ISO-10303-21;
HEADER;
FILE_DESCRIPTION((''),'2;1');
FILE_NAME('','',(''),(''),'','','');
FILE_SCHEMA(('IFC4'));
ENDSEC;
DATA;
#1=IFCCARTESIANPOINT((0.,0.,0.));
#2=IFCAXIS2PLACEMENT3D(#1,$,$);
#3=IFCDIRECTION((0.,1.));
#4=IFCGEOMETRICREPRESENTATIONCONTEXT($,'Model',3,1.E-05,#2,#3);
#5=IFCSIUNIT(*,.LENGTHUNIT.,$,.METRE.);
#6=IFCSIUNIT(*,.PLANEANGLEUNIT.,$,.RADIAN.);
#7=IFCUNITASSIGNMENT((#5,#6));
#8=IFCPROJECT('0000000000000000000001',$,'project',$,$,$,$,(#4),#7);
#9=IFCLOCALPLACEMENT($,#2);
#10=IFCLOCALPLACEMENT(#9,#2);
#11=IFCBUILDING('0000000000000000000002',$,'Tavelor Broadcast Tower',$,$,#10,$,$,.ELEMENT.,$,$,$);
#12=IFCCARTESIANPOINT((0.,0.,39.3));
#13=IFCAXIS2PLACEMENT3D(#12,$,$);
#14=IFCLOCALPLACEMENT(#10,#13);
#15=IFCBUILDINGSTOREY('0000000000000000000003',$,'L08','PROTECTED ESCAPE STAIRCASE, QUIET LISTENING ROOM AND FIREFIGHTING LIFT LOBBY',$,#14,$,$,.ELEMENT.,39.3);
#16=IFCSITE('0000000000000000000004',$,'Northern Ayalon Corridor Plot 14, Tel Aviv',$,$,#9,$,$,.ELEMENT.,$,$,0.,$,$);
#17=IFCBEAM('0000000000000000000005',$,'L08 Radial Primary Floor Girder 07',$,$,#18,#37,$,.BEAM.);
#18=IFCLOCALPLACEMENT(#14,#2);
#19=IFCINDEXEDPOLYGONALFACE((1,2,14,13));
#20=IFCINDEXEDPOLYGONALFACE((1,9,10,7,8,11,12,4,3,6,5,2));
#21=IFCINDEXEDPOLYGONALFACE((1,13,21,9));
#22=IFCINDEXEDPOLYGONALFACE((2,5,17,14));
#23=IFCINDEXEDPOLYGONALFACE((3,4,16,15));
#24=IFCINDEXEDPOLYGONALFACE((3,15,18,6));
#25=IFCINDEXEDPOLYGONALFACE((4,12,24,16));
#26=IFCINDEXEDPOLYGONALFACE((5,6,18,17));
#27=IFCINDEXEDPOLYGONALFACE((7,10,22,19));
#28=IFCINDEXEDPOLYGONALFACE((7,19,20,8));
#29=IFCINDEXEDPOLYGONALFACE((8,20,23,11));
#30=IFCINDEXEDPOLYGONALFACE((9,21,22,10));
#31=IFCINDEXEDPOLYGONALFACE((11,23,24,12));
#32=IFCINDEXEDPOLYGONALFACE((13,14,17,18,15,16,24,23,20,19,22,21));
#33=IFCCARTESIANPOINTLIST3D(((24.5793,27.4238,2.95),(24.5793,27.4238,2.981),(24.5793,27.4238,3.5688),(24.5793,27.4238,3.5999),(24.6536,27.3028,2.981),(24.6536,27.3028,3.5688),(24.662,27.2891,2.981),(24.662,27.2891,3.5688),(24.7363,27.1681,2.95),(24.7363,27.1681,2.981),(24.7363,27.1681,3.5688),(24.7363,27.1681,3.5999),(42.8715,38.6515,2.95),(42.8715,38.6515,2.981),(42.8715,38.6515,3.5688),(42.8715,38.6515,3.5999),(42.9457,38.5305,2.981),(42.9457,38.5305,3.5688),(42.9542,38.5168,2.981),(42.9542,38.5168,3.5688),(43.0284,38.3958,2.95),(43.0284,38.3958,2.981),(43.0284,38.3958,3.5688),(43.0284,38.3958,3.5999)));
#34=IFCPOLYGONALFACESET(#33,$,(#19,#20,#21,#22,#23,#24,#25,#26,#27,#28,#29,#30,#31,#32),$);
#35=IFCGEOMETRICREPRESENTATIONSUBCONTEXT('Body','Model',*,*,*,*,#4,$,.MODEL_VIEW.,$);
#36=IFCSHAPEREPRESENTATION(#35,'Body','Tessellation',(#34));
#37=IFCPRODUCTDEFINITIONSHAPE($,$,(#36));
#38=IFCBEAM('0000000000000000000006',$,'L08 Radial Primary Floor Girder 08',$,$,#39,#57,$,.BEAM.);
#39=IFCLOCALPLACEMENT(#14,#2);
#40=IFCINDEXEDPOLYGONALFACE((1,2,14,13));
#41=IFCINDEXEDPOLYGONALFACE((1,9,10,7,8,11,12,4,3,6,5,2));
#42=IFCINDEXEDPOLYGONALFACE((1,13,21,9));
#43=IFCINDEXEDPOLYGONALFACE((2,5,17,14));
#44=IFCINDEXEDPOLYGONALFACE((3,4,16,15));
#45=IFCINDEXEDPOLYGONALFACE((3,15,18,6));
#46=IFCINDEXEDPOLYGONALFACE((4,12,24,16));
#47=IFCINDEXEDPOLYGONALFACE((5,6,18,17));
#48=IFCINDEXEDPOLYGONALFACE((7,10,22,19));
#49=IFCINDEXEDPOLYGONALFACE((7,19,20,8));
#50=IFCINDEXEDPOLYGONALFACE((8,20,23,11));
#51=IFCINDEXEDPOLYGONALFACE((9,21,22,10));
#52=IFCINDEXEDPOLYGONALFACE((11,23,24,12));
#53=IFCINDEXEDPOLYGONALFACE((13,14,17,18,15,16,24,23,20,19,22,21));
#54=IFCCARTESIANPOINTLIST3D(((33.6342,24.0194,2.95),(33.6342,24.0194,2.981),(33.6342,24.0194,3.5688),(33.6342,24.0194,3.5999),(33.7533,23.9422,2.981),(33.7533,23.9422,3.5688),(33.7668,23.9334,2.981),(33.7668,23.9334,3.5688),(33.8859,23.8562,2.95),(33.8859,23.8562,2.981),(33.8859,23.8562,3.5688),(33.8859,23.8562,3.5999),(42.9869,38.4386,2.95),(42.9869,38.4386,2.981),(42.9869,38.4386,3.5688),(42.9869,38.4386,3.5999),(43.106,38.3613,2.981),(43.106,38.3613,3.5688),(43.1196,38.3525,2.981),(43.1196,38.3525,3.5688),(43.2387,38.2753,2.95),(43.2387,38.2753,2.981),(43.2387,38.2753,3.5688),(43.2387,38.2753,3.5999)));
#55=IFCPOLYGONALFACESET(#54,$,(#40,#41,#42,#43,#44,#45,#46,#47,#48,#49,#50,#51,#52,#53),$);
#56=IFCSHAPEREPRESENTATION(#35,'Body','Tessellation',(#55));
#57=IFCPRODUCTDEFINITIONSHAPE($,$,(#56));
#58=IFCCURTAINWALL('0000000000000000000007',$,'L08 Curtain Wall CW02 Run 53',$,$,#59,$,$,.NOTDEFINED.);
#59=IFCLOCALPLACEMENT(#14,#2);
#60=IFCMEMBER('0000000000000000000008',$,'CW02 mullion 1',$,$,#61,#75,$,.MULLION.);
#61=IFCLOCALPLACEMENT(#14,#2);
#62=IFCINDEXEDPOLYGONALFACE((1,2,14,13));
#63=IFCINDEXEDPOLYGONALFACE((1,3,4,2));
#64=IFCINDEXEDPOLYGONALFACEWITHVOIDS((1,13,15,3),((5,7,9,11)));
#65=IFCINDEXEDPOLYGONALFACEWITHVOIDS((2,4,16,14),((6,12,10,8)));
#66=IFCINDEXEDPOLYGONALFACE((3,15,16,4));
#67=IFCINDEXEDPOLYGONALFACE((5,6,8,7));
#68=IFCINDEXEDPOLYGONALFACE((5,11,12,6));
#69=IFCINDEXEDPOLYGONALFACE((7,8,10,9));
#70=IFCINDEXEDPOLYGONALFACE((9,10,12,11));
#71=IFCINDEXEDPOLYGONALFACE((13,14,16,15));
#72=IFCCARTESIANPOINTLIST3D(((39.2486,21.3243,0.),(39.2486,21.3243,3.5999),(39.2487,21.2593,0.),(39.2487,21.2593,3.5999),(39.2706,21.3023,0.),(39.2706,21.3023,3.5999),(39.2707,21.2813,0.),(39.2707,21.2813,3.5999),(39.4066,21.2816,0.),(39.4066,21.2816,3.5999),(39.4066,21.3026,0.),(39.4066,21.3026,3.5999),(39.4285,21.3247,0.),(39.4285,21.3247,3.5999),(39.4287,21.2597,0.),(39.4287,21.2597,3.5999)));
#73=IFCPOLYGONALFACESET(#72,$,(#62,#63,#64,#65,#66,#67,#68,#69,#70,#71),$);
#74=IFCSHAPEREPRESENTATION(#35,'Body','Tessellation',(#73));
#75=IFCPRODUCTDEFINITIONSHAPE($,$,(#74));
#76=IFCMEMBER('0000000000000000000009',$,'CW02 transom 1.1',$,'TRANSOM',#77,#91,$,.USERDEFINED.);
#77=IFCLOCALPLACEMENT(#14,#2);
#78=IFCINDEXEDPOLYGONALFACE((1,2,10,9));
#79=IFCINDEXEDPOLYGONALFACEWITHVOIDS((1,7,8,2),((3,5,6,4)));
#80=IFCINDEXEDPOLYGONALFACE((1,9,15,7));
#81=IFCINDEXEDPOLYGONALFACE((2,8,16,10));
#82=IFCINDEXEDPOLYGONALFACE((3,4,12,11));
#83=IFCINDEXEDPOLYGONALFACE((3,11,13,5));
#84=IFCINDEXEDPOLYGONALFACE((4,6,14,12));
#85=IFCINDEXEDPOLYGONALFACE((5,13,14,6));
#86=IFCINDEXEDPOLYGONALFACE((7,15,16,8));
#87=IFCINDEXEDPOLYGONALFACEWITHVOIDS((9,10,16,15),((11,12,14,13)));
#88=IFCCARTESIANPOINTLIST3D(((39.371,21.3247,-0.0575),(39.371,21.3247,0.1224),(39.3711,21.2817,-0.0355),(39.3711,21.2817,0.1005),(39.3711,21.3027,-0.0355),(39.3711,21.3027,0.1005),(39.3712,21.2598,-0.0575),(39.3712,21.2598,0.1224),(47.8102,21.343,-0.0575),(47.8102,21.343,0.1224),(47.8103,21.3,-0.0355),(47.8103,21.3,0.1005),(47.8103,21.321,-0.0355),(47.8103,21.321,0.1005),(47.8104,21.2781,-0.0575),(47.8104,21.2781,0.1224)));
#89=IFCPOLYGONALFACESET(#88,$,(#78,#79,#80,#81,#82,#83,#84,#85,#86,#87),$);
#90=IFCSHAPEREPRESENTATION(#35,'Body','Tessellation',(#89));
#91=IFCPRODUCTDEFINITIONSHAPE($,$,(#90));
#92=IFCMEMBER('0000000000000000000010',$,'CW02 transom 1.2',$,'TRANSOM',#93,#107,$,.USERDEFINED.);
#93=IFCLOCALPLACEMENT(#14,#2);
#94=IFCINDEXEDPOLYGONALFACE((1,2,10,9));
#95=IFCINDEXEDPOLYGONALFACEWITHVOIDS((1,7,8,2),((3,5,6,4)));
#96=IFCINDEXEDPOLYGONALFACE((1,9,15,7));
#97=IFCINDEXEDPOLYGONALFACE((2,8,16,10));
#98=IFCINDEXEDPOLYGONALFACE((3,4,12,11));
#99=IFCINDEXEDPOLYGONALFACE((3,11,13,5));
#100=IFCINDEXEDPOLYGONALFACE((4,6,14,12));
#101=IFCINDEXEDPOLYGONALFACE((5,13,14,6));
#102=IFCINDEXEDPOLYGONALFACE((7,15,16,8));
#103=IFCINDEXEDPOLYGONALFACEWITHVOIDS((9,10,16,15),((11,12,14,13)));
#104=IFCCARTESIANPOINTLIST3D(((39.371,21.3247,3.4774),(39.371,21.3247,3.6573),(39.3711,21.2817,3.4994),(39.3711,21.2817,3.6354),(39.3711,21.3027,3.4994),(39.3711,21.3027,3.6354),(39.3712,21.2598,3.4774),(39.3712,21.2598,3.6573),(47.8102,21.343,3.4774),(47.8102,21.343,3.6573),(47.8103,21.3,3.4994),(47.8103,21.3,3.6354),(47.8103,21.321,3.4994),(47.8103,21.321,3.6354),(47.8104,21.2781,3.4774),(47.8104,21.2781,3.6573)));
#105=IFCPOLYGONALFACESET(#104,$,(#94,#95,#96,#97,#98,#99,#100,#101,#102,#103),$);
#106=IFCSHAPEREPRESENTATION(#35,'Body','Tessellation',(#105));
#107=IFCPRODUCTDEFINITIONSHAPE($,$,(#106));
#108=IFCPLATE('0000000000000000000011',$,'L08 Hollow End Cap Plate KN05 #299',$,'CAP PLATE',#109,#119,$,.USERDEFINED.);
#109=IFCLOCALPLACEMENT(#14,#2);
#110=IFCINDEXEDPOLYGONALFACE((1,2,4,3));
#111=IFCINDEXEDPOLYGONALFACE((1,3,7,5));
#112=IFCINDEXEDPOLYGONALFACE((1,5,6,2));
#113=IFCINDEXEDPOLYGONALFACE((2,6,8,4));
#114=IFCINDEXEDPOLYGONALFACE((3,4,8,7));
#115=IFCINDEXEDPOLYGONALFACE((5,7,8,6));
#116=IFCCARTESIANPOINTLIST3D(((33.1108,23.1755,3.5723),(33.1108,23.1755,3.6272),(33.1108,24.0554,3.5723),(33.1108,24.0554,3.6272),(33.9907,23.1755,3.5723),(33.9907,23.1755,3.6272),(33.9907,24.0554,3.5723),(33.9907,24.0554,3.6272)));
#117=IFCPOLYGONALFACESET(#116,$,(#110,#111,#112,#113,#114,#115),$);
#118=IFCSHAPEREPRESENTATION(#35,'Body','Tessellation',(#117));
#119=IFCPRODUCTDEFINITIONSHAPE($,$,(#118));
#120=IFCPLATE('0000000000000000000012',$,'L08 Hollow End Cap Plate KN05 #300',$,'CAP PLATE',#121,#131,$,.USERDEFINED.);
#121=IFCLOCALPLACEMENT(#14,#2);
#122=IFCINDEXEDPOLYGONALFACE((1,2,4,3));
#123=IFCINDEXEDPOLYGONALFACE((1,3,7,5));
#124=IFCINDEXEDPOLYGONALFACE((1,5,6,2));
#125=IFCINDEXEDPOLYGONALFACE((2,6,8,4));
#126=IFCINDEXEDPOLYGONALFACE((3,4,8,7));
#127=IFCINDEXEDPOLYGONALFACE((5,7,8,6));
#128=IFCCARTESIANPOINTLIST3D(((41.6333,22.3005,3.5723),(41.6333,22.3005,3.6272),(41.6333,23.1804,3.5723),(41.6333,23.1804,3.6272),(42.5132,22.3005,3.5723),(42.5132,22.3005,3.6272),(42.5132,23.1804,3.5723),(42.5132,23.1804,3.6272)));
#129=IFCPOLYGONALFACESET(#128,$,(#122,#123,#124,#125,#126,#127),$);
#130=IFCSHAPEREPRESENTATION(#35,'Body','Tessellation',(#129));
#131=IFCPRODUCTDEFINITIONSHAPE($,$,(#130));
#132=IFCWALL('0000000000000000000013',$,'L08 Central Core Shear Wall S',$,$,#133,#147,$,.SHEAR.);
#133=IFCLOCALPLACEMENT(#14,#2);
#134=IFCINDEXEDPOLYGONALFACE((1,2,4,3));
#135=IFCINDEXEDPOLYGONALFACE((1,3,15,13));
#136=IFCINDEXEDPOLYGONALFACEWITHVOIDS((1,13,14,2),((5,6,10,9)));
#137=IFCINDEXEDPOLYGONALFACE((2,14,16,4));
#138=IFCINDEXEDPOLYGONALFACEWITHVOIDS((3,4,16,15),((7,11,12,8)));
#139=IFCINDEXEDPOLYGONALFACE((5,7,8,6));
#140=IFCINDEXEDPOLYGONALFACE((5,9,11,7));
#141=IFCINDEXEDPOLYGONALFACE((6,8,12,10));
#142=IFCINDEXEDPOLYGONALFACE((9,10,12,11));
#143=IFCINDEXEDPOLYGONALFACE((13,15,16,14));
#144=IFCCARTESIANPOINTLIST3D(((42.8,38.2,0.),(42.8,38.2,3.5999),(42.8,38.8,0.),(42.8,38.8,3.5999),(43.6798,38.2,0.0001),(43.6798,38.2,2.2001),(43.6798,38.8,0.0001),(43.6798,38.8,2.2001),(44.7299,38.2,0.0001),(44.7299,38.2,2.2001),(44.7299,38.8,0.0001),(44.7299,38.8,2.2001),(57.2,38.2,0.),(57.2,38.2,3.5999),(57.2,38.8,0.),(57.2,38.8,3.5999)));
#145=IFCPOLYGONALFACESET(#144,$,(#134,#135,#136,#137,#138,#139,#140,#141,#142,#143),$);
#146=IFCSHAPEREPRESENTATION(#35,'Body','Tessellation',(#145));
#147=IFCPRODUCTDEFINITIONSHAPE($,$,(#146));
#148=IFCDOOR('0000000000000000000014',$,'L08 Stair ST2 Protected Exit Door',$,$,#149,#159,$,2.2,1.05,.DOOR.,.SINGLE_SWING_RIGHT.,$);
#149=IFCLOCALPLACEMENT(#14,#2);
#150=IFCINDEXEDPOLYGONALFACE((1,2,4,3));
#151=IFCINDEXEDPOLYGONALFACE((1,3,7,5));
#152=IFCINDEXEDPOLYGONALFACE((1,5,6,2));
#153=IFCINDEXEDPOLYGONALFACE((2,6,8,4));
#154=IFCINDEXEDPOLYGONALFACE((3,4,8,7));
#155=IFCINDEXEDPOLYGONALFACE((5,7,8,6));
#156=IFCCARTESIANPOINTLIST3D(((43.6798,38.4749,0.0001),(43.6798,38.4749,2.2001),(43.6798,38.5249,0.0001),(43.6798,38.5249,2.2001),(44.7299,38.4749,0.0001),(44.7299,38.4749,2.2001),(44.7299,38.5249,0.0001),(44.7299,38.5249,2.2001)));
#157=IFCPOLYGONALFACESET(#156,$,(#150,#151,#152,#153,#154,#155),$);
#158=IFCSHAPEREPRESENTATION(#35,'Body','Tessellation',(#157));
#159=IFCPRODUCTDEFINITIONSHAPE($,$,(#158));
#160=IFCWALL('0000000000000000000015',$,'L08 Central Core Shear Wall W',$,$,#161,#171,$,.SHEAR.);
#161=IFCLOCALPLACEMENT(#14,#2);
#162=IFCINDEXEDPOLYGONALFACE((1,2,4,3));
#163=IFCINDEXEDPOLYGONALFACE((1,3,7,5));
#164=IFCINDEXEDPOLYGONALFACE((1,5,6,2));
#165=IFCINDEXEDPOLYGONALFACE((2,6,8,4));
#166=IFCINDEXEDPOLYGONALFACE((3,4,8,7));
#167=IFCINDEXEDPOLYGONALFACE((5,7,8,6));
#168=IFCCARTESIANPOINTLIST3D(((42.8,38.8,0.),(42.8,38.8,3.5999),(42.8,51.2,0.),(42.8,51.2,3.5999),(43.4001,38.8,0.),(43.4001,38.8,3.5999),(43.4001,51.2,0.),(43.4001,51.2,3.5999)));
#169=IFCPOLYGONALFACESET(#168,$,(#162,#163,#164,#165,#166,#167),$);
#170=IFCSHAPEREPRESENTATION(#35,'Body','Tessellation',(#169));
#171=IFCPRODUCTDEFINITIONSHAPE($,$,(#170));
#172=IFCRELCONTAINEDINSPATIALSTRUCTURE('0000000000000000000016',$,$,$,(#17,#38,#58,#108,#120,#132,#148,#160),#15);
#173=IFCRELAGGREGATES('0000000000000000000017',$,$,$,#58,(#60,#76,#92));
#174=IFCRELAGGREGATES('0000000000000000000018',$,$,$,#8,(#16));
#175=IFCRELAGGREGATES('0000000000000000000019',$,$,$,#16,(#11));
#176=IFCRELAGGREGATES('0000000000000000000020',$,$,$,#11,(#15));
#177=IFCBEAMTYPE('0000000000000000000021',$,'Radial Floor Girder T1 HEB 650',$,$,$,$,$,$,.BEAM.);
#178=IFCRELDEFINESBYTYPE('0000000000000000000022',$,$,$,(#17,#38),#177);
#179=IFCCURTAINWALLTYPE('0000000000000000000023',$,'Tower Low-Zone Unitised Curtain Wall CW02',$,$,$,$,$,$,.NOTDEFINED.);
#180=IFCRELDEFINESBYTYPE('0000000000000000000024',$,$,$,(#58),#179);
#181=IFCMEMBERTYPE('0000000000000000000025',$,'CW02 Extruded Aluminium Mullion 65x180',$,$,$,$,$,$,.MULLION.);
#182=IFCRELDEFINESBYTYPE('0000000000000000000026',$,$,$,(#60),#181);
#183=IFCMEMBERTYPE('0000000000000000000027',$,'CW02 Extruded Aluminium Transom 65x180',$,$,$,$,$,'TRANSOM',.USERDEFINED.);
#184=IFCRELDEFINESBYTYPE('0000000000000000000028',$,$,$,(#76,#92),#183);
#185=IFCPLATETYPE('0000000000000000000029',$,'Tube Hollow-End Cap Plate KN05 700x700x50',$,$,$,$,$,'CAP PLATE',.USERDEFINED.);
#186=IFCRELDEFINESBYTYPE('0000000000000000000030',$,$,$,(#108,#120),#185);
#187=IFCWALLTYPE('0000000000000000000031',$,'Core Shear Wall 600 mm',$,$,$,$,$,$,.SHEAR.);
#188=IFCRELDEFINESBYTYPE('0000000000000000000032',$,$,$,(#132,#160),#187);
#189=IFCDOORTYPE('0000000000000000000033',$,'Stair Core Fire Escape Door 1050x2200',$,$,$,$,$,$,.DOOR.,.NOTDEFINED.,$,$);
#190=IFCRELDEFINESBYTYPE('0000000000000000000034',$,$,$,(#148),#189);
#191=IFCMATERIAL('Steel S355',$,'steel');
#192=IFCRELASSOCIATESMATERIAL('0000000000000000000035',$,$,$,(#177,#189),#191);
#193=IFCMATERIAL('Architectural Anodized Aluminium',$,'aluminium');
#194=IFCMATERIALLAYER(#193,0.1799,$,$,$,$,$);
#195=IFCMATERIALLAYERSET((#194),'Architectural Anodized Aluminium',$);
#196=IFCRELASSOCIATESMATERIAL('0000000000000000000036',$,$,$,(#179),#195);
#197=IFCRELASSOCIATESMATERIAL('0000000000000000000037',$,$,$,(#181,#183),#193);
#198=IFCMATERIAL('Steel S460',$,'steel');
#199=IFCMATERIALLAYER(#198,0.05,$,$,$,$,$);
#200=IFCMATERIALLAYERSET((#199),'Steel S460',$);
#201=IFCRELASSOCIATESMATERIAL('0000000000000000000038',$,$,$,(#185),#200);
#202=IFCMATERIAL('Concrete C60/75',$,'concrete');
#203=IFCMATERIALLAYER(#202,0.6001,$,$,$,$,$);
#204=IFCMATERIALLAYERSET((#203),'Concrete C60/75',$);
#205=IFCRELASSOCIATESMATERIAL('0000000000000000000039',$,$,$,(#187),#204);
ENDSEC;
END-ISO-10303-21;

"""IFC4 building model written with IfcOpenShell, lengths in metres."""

from ifc_helpers import new_model, si_unit, direction, frame, frame_2d, origin, origin_2d, place, context, subcontext, project, spatial, rectangle, hollow_rectangle, i_section, extrude, source, transform, mapped, material, layer, layer_set, material_profile, profile_set, type_object, type_shapes, element, fill, aggregate, save


model = new_model("IFC4")

# Units and contexts
model_context = context("Model", 3, precision=1e-05, world=origin(), true_north=direction((0.0, 1.0)))
body_context = subcontext(model_context, "Body", "Model", "MODEL_VIEW")
ifc_project = project(units=[si_unit("LENGTHUNIT", "METRE"), si_unit("PLANEANGLEUNIT", "RADIAN")], contexts=[model_context])

# Site, building, storey
site_placement = place(None, origin())
site = spatial("IfcSite", under=ifc_project, at=site_placement, Name="Northern Ayalon Corridor Plot 14, Tel Aviv", CompositionType="ELEMENT", RefElevation=0.0)
building_placement = place(site_placement, origin())
building = spatial("IfcBuilding", under=site, at=building_placement, Name="Tavelor Broadcast Tower", CompositionType="ELEMENT")
storey_placement = place(building_placement, frame((0.0, 0.0, 39.3)))
storey = spatial("IfcBuildingStorey", under=building, at=storey_placement, Name="L08", Description="PROTECTED ESCAPE STAIRCASE, QUIET LISTENING ROOM AND FIREFIGHTING LIFT LOBBY", CompositionType="ELEMENT", Elevation=39.3)

# Shared definitions
ifc_material_1 = material(Name="Steel S460", Category="steel")

# Beams
ifc_material_2 = material(Name="Steel S355", Category="steel")
ifc_material_profile_1 = material_profile(ifc_material_2, i_section(OverallWidth=0.3, OverallDepth=0.6499, WebThickness=0.0161, FlangeThickness=0.031, at=origin_2d()), Name="HEB 650")
ifc_profile_set_1 = profile_set([ifc_material_profile_1], Name="Steel S355")
beam_type_1 = type_object("IfcBeamType", Name="Radial Floor Girder T1 HEB 650", PredefinedType="BEAM", material=ifc_profile_set_1)
beam_1_placement = place(storey_placement, frame((42.95, 38.5237, 3.2749), z_axis=(-0.85226, -0.523118, 0.0), x_axis=(0.523118, -0.85226, 0.0)))
element("IfcBeam", 1, at=beam_1_placement, inside=storey, type_object=beam_type_1, Name="L08 Radial Primary Floor Girder 07", PredefinedType="BEAM", context=body_context, shape_type="SweptSolid", body=[
    extrude(i_section(OverallWidth=0.3, OverallDepth=0.6499, WebThickness=0.0161, FlangeThickness=0.031, at=origin_2d()), origin(), (0.0, 0.0, 1.0), 21.4631),
])
beam_2_placement = place(storey_placement, frame((43.1128, 38.3569, 3.2749), z_axis=(-0.544183, -0.838967, 0.0), x_axis=(0.838967, -0.544183, 0.0)))
element("IfcBeam", 2, at=beam_2_placement, inside=storey, type_object=beam_type_1, Name="L08 Radial Primary Floor Girder 08", PredefinedType="BEAM", context=body_context, shape_type="SweptSolid", body=[
    extrude(i_section(OverallWidth=0.3, OverallDepth=0.6499, WebThickness=0.0161, FlangeThickness=0.031, at=origin_2d()), origin(), (0.0, 0.0, 1.0), 17.1868),
])

# Curtain wall, members
ifc_material_3 = material(Name="Architectural Anodized Aluminium", Category="aluminium")
ifc_layer_1 = layer(ifc_material_3, 0.1799)
ifc_layer_set_1 = layer_set([ifc_layer_1], Name="Architectural Anodized Aluminium")
curtain_wall_type = type_object("IfcCurtainWallType", Name="Tower Low-Zone Unitised Curtain Wall CW02", PredefinedType="NOTDEFINED", material=ifc_layer_set_1)
curtain_wall_placement = place(storey_placement, origin())
curtain_wall = element("IfcCurtainWall", 3, at=curtain_wall_placement, inside=storey, type_object=curtain_wall_type, Name="L08 Curtain Wall CW02 Run 53", PredefinedType="NOTDEFINED")
ifc_material_profile_2 = material_profile(ifc_material_3, hollow_rectangle(XDim=0.0649, YDim=0.1799, WallThickness=0.022, at=origin_2d()), Name="RHS 65x180x22")
ifc_profile_set_2 = profile_set([ifc_material_profile_2], Name="Architectural Anodized Aluminium")
member_type_1 = type_object("IfcMemberType", Name="CW02 Extruded Aluminium Mullion 65x180", PredefinedType="MULLION", material=ifc_profile_set_2)
shared_shape_1 = source(origin(), body_context, "Body", "SweptSolid", [
    extrude(hollow_rectangle(XDim=0.0649, YDim=0.1799, WallThickness=0.022, at=origin_2d()), origin(), (0.0, 0.0, 1.0), 3.5999),
])
type_shapes(member_type_1, [shared_shape_1])
member_1_placement = place(storey_placement, frame((39.3386, 21.292, 0.0), z_axis=(0.0, 0.0, 1.0), x_axis=(-0.002171, 0.999998, 0.0)))
member_1 = element("IfcMember", 4, at=member_1_placement, type_object=member_type_1, Name="CW02 mullion 1", PredefinedType="MULLION", context=body_context, shape_type="MappedRepresentation", body=[
    mapped(shared_shape_1, transform((0.0, 0.0, 0.0), scale=1.0)),
])
ifc_material_profile_3 = material_profile(ifc_material_3, hollow_rectangle(XDim=0.0649, YDim=0.1799, WallThickness=0.022, at=origin_2d()), Name="RHS 65x180x22")
ifc_profile_set_3 = profile_set([ifc_material_profile_3], Name="Architectural Anodized Aluminium")
member_type_2 = type_object("IfcMemberType", Name="CW02 Extruded Aluminium Transom 65x180", ElementType="TRANSOM", PredefinedType="USERDEFINED", material=ifc_profile_set_3)
shared_shape_2 = source(origin(), body_context, "Body", "SweptSolid", [
    extrude(hollow_rectangle(XDim=0.0649, YDim=0.1799, WallThickness=0.022, at=origin_2d()), origin(), (0.0, 0.0, 1.0), 8.4392),
])
type_shapes(member_type_2, [shared_shape_2])
member_2_placement = place(storey_placement, frame((39.3711, 21.2922, 0.0325), z_axis=(0.999998, 0.00217, 0.0), x_axis=(-0.00217, 0.999998, 0.0)))
member_2 = element("IfcMember", 5, at=member_2_placement, type_object=member_type_2, Name="CW02 transom 1.1", ObjectType="TRANSOM", PredefinedType="USERDEFINED", context=body_context, shape_type="MappedRepresentation", body=[
    mapped(shared_shape_2, transform((0.0, 0.0, 0.0), scale=1.0)),
])
member_3_placement = place(storey_placement, frame((39.3711, 21.2922, 3.5674), z_axis=(0.999998, 0.00217, 0.0), x_axis=(-0.00217, 0.999998, 0.0)))
member_3 = element("IfcMember", 6, at=member_3_placement, type_object=member_type_2, Name="CW02 transom 1.2", ObjectType="TRANSOM", PredefinedType="USERDEFINED", context=body_context, shape_type="MappedRepresentation", body=[
    mapped(shared_shape_2, transform((0.0, 0.0, 0.0), scale=1.0)),
])
aggregate(curtain_wall, [member_1, member_2, member_3])

# Plates
ifc_layer_2 = layer(ifc_material_1, 0.05)
ifc_layer_set_2 = layer_set([ifc_layer_2], Name="Steel S460")
plate_type = type_object("IfcPlateType", Name="Tube Hollow-End Cap Plate KN05 700x700x50", ElementType="CAP PLATE", PredefinedType="USERDEFINED", material=ifc_layer_set_2)
shared_shape_3 = source(origin(), body_context, "Body", "SweptSolid", [
    extrude(rectangle(XDim=0.8799, YDim=0.8799, at=origin_2d()), origin(), (0.0, 0.0, 1.0), 0.0549),
])
type_shapes(plate_type, [shared_shape_3])
for number, where, z_axis, x_axis, name in (
    (7, (33.5508, 23.6155, 3.5723), (0.0, 0.0, 1.0), (1.0, 0.0, 0.0), "L08 Hollow End Cap Plate KN05 #299"),
    (8, (42.0732, 22.7405, 3.5723), (0.0, 0.0, 1.0), (1.0, 0.0, 0.0), "L08 Hollow End Cap Plate KN05 #300"),
):
    element("IfcPlate", number, at=place(storey_placement, frame(where, z_axis=z_axis, x_axis=x_axis)), inside=storey, type_object=plate_type, Name=name, ObjectType="CAP PLATE", PredefinedType="USERDEFINED", context=body_context, shape_type="MappedRepresentation", body=[
        mapped(shared_shape_3, transform((0.0, 0.0, 0.0), scale=1.0)),
    ])

# Wall, opening, door
ifc_material_4 = material(Name="Concrete C60/75", Category="concrete")
ifc_layer_3 = layer(ifc_material_4, 0.6001)
ifc_layer_set_3 = layer_set([ifc_layer_3], Name="Concrete C60/75")
wall_type_1 = type_object("IfcWallType", Name="Core Shear Wall 600 mm", PredefinedType="SHEAR", material=ifc_layer_set_3)
wall_1_placement = place(storey_placement, frame((42.8, 38.5, 0.0), z_axis=(0.0, 0.0, 1.0), x_axis=(1.0, 0.0, 0.0)))
wall_1 = element("IfcWall", 9, at=wall_1_placement, inside=storey, type_object=wall_type_1, Name="L08 Central Core Shear Wall S", PredefinedType="SHEAR", context=body_context, shape_type="SweptSolid", body=[
    extrude(rectangle(XDim=14.3999, YDim=0.6001, at=frame_2d((7.2, 0.0))), origin(), (0.0, 0.0, 1.0), 3.5999),
])
opening_1_placement = place(wall_1_placement, frame((0.8799, 0.0, 0.0)))
opening_1 = element("IfcOpeningElement", 10, at=opening_1_placement, cuts=wall_1, PredefinedType="OPENING", context=body_context, shape_type="SweptSolid", body=[
    extrude(rectangle(XDim=1.05, YDim=2.2, at=frame_2d((0.5249, 1.1001))), frame((0.0, 0.3101, 0.0), z_axis=(0.0, -1.0, 0.0), x_axis=(1.0, 0.0, 0.0)), (0.0, 0.0, 1.0), 0.6201),
])
door_type_1 = type_object("IfcDoorType", Name="Stair Core Fire Escape Door 1050x2200", OperationType="NOTDEFINED", PredefinedType="DOOR", material=ifc_material_2)
door_1_placement = place(opening_1_placement, origin())
door_1 = element("IfcDoor", 11, at=door_1_placement, inside=storey, type_object=door_type_1, Name="L08 Stair ST2 Protected Exit Door", OperationType="SINGLE_SWING_RIGHT", OverallHeight=2.2, OverallWidth=1.05, PredefinedType="DOOR", context=body_context, shape_type="SweptSolid", body=[
    extrude(rectangle(XDim=1.05, YDim=2.2, at=frame_2d((0.5249, 1.1001))), frame((0.0, 0.0249, 0.0), z_axis=(0.0, -1.0, 0.0), x_axis=(1.0, 0.0, 0.0)), (0.0, 0.0, 1.0), 0.05),
])
fill(opening_1, door_1)

# Wall
wall_2_placement = place(storey_placement, frame((43.1001, 38.8, 0.0), z_axis=(0.0, 0.0, 1.0), x_axis=(0.0, 1.0, 0.0)))
element("IfcWall", 12, at=wall_2_placement, inside=storey, type_object=wall_type_1, Name="L08 Central Core Shear Wall W", PredefinedType="SHEAR", context=body_context, shape_type="SweptSolid", body=[
    extrude(rectangle(XDim=12.3999, YDim=0.6001, at=frame_2d((6.2, 0.0))), origin(), (0.0, 0.0, 1.0), 3.5999),
])

save(model, "model.ifc")
